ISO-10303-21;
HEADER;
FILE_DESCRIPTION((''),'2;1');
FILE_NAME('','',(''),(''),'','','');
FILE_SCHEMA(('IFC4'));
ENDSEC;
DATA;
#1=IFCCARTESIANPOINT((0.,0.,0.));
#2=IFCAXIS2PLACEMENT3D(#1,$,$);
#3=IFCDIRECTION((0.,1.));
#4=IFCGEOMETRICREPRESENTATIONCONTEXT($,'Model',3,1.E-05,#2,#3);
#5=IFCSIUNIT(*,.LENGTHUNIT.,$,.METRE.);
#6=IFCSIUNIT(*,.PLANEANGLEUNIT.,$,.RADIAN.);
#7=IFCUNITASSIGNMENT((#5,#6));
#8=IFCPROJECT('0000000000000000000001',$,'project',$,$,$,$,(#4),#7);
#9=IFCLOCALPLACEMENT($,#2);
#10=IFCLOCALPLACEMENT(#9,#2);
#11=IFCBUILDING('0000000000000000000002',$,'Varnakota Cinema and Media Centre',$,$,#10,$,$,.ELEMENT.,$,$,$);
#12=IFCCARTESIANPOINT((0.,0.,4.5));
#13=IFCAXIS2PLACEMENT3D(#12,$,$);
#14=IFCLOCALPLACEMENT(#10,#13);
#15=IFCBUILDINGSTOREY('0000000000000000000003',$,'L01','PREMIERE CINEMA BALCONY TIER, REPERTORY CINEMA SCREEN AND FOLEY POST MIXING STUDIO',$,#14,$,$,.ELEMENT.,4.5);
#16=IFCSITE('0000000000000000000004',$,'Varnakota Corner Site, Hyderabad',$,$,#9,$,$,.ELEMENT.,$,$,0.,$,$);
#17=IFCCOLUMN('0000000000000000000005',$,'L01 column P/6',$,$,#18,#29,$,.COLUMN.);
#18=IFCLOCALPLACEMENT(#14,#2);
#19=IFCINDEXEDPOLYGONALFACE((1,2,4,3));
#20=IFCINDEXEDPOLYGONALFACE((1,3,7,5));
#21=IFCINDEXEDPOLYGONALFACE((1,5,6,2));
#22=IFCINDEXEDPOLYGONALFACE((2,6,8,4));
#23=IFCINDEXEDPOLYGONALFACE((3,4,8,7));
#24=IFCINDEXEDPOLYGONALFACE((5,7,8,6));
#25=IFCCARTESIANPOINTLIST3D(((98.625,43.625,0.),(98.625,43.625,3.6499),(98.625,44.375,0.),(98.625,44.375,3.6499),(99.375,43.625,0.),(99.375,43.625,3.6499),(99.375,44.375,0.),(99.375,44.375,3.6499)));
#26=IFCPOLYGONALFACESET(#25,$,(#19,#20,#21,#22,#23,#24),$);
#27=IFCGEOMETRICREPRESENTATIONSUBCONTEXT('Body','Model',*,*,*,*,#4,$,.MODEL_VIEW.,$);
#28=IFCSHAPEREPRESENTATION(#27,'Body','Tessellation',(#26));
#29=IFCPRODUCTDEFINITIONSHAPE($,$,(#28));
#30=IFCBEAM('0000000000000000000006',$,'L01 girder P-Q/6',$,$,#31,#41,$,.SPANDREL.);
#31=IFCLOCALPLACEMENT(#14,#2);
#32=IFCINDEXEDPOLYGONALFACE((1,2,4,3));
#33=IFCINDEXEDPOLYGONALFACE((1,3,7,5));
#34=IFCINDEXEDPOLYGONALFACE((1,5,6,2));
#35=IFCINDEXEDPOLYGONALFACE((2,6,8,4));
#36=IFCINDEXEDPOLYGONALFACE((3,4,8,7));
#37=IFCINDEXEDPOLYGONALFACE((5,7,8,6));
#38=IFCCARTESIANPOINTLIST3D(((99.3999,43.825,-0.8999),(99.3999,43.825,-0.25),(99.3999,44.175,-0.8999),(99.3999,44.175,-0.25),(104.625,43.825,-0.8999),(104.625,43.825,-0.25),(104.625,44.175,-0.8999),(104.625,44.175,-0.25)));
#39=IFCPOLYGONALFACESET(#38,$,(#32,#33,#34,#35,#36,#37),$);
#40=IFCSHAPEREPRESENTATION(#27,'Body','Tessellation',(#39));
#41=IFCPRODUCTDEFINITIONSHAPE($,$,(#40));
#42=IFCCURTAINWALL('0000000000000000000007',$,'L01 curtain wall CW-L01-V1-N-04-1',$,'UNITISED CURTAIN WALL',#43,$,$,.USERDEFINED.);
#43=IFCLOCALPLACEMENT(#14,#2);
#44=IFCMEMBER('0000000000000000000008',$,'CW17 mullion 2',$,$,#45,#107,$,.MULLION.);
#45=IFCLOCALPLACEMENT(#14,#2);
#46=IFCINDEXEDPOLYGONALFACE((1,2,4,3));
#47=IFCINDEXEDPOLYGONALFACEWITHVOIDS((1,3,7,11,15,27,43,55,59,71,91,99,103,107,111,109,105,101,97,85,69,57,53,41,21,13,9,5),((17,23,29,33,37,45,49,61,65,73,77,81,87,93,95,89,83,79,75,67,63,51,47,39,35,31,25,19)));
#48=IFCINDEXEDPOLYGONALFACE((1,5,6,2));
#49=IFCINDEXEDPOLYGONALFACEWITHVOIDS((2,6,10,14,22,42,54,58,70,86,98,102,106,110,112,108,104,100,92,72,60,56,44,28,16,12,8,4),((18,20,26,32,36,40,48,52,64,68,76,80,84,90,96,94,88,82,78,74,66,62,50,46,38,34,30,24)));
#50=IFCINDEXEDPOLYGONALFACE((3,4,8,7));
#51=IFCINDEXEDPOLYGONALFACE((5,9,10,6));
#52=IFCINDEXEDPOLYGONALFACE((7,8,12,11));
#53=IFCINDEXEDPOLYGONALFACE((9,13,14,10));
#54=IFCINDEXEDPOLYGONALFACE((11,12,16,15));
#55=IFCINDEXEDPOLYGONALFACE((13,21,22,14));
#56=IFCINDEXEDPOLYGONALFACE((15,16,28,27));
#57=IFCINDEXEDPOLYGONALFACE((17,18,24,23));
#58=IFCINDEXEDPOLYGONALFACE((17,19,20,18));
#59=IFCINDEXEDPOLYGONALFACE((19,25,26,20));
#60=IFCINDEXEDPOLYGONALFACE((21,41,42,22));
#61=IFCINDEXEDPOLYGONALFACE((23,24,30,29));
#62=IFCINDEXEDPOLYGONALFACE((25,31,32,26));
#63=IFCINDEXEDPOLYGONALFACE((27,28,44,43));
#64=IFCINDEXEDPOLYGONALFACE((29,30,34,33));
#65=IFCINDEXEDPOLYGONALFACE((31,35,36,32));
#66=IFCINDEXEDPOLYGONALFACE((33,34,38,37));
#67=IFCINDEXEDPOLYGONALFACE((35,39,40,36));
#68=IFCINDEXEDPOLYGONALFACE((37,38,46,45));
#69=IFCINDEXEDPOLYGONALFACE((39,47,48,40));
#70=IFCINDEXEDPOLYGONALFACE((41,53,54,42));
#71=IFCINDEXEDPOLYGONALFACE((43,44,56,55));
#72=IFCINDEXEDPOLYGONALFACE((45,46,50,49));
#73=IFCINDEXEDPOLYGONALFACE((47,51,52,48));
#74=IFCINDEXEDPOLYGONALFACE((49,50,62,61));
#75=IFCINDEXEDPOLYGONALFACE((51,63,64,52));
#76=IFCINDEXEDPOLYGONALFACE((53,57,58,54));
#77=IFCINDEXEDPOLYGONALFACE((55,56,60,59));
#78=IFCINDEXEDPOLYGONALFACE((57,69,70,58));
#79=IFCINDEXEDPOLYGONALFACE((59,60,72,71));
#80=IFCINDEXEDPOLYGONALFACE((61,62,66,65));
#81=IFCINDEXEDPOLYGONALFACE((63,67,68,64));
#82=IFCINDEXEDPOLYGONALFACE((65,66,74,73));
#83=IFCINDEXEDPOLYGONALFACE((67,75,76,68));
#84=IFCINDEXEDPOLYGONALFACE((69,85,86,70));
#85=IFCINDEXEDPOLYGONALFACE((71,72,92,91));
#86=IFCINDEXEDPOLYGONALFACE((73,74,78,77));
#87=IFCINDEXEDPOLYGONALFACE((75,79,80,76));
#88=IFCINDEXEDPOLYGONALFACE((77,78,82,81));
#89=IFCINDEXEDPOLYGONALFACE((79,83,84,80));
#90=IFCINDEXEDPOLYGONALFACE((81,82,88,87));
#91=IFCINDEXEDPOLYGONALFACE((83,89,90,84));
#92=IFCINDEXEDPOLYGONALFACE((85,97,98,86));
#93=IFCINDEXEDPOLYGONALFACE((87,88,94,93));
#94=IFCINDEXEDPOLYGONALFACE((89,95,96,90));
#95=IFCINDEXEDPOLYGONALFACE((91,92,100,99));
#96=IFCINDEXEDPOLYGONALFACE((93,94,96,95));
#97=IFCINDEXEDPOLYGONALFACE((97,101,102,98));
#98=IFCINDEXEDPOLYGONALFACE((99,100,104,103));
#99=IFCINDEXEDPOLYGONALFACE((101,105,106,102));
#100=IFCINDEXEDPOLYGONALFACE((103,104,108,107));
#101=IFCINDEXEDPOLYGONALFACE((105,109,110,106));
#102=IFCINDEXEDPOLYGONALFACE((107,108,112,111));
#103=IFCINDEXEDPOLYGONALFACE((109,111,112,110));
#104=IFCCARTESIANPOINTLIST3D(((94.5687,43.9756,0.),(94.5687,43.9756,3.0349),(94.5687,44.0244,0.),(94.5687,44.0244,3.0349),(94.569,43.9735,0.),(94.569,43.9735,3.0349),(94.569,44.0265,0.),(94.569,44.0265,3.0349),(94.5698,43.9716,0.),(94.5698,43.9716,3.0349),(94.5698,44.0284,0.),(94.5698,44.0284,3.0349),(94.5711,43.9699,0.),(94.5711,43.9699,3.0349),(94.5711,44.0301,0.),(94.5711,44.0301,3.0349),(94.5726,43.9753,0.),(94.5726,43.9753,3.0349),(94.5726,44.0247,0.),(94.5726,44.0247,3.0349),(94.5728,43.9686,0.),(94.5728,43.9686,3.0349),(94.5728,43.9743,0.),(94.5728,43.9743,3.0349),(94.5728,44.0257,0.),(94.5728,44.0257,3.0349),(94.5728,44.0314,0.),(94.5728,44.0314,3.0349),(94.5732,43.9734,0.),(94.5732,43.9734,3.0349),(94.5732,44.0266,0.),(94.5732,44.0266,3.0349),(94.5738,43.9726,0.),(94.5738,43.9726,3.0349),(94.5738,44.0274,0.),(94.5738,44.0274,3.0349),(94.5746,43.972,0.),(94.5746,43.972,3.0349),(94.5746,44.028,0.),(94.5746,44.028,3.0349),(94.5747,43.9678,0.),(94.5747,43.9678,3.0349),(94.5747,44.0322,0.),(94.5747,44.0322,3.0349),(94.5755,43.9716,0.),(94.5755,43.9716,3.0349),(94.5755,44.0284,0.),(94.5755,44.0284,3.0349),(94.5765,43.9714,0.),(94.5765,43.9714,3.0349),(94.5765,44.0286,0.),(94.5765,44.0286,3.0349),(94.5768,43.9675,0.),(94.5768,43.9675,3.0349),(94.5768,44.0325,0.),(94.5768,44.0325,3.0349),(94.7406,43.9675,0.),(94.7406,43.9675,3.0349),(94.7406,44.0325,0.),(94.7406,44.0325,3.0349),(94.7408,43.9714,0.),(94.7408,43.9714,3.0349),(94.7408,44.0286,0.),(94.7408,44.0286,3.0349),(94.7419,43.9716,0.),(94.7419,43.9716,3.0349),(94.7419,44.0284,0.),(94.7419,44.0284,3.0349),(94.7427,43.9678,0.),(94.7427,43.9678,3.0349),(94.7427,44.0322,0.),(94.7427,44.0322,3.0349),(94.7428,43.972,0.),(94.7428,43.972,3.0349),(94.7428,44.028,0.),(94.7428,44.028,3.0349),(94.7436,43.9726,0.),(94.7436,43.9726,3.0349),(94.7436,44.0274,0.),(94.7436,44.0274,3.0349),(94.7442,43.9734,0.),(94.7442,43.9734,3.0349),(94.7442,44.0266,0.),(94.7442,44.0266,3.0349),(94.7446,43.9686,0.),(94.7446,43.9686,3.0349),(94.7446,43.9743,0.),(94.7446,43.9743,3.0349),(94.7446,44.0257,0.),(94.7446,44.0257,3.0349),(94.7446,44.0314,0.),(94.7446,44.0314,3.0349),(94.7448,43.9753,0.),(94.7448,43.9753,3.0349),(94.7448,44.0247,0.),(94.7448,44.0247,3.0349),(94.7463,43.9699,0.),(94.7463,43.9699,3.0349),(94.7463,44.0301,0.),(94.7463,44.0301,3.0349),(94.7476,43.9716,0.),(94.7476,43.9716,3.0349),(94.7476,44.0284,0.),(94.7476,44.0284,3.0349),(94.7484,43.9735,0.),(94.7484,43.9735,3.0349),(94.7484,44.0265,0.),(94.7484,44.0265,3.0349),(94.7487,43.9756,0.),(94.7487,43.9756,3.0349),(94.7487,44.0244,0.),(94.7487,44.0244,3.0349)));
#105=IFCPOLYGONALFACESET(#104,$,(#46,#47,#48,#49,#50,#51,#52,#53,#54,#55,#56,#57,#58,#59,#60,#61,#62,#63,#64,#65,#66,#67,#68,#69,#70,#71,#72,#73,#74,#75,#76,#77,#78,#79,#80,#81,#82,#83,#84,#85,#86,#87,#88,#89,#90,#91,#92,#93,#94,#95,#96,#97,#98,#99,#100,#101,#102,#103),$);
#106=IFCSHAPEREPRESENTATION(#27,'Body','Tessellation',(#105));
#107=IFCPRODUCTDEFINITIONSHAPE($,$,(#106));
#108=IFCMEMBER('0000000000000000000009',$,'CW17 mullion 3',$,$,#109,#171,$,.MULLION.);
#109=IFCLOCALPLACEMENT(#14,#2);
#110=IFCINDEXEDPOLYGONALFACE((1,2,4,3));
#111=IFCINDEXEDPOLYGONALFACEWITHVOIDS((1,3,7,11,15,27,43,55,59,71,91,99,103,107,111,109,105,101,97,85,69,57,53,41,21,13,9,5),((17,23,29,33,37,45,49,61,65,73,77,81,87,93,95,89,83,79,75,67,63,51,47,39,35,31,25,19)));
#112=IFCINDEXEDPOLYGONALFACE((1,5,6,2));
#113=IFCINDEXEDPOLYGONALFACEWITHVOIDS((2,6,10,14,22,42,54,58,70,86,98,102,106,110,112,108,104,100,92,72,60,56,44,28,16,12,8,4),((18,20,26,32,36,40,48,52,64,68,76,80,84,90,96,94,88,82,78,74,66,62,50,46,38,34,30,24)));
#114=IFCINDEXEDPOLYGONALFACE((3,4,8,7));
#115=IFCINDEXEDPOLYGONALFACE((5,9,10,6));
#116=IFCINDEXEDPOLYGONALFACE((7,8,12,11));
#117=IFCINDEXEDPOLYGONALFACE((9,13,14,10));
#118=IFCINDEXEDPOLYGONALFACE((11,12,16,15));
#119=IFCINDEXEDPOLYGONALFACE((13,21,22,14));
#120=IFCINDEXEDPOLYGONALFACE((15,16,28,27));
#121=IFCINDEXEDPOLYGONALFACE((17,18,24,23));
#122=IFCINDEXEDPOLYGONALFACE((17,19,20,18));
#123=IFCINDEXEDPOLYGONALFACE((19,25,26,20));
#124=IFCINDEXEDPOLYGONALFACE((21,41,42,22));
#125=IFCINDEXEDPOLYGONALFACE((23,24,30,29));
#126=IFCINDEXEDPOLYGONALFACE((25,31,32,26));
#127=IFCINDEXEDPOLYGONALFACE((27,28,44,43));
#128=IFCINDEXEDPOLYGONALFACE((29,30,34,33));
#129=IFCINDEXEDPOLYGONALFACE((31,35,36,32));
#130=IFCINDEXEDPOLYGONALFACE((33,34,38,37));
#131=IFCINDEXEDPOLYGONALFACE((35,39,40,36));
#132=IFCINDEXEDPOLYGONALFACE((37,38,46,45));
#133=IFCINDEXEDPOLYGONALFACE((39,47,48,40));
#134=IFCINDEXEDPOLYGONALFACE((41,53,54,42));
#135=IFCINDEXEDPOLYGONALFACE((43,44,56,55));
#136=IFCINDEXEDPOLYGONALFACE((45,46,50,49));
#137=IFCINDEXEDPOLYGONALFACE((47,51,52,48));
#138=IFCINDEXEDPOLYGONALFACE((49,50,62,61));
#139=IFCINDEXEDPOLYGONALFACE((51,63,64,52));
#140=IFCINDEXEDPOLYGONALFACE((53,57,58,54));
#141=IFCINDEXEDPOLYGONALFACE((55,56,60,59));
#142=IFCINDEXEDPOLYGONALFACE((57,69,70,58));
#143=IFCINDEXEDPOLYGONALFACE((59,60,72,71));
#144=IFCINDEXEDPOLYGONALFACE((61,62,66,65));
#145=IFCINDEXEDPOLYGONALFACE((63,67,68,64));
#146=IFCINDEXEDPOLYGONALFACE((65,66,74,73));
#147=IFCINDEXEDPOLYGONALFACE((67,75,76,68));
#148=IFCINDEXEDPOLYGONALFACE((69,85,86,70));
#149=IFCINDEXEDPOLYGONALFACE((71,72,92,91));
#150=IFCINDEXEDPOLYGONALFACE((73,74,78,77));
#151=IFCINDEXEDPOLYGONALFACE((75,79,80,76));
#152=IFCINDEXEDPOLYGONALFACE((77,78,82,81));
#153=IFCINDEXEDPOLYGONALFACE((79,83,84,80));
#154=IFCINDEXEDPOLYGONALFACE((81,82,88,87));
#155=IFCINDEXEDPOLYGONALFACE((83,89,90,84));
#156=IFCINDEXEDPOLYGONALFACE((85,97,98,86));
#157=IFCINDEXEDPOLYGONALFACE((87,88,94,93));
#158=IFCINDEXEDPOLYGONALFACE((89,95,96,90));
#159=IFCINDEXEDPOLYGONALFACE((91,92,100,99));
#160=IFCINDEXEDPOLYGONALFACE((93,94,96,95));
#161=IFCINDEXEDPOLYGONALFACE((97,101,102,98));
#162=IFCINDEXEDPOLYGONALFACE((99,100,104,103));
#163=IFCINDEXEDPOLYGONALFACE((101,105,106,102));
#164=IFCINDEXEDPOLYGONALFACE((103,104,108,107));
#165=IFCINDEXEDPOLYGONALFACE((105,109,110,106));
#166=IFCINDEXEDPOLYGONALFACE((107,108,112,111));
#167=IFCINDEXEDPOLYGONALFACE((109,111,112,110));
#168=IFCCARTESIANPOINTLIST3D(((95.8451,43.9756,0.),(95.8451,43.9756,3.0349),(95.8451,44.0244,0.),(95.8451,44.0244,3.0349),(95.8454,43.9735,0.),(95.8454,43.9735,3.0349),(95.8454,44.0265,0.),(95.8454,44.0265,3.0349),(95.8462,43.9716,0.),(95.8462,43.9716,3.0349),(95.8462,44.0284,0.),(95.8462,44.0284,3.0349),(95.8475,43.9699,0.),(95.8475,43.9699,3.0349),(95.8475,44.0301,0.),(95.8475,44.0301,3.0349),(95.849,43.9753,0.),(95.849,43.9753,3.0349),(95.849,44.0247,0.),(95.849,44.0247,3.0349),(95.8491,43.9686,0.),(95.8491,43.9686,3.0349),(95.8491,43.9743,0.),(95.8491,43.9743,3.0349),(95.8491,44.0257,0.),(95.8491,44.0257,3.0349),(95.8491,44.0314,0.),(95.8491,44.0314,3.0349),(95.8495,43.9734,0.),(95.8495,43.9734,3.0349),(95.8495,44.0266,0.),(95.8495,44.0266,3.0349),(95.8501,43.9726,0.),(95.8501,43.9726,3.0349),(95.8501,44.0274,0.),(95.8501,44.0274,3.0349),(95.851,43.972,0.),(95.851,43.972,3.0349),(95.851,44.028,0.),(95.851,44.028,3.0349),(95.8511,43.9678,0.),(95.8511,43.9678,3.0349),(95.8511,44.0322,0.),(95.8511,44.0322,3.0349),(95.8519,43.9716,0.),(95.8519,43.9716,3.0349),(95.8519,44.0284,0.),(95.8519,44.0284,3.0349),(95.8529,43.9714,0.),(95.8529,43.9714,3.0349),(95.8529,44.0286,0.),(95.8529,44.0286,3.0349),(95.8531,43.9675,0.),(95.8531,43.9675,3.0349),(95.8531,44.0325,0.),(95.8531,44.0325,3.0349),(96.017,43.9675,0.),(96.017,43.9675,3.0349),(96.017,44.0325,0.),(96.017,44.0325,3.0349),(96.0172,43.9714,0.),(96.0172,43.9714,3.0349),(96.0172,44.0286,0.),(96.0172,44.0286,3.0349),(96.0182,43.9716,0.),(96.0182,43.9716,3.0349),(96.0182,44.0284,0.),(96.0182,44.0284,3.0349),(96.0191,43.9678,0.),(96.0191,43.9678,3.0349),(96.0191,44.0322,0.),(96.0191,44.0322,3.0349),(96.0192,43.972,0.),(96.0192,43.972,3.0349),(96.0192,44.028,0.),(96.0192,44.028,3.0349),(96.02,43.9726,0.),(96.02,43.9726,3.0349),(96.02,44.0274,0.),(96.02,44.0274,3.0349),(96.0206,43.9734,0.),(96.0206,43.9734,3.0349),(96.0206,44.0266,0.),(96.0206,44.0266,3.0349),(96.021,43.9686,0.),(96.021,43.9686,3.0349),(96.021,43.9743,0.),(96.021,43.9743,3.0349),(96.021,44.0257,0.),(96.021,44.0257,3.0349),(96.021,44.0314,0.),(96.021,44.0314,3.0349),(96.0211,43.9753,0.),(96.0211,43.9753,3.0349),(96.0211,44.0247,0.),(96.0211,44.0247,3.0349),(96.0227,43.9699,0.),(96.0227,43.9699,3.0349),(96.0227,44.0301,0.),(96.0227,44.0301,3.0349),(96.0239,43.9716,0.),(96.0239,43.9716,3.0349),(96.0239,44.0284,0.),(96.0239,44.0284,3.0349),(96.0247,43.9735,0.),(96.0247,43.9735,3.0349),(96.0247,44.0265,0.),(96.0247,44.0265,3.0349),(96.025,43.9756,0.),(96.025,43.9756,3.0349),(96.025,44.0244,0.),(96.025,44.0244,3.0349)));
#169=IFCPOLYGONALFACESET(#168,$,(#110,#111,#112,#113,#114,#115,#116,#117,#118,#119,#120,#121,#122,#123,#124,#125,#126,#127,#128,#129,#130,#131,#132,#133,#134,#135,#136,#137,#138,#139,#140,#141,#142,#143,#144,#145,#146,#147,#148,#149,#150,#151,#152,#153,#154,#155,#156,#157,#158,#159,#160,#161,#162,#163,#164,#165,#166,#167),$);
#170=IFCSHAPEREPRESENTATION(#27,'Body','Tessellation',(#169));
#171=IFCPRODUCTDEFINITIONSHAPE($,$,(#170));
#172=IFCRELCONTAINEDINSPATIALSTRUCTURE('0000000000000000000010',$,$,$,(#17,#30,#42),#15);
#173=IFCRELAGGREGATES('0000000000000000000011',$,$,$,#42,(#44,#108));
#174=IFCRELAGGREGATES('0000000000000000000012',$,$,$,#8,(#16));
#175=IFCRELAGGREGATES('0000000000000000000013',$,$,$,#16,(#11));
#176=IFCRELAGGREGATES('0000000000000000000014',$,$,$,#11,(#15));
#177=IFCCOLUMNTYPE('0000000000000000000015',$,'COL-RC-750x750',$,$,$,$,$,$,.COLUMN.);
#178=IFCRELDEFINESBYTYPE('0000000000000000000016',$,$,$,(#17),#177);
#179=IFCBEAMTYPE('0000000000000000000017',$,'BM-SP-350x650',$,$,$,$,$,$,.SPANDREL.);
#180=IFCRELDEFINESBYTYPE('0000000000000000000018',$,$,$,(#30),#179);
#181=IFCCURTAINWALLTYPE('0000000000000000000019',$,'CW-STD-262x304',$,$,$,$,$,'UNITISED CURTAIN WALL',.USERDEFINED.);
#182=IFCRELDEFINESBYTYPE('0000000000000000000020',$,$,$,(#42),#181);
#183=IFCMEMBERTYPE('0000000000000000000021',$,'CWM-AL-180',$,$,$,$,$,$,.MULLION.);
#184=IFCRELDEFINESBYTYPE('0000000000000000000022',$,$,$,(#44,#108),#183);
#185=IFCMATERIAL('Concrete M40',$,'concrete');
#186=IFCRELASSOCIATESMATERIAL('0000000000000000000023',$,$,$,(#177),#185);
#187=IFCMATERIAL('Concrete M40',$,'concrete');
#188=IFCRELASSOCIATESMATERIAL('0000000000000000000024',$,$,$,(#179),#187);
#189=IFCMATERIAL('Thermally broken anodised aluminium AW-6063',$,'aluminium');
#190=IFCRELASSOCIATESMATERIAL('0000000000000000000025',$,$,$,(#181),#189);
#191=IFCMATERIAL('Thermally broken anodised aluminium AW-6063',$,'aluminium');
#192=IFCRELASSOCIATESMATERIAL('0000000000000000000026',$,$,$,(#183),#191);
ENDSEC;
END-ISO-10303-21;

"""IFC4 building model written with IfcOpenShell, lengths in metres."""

from ifc_helpers import new_model, si_unit, direction, frame, origin, origin_2d, place, context, subcontext, project, spatial, rectangle, hollow_rectangle, extrude, material, material_profile, profile_set, type_object, element, aggregate, save


model = new_model("IFC4")

# Units and contexts
model_context = context("Model", 3, precision=1e-05, world=origin(), true_north=direction((0.0, 1.0)))
body_context = subcontext(model_context, "Body", "Model", "MODEL_VIEW")
ifc_project = project(units=[si_unit("LENGTHUNIT", "METRE"), si_unit("PLANEANGLEUNIT", "RADIAN")], contexts=[model_context])

# Site, building, storey
site_placement = place(None, origin())
site = spatial("IfcSite", under=ifc_project, at=site_placement, Name="Varnakota Corner Site, Hyderabad", CompositionType="ELEMENT", RefElevation=0.0)
building_placement = place(site_placement, origin())
building = spatial("IfcBuilding", under=site, at=building_placement, Name="Varnakota Cinema and Media Centre", CompositionType="ELEMENT")
storey_placement = place(building_placement, frame((0.0, 0.0, 4.5)))
storey = spatial("IfcBuildingStorey", under=building, at=storey_placement, Name="L01", Description="PREMIERE CINEMA BALCONY TIER, REPERTORY CINEMA SCREEN AND FOLEY POST MIXING STUDIO", CompositionType="ELEMENT", Elevation=4.5)

# Column
ifc_material_1 = material(Name="Concrete M40", Category="concrete")
ifc_material_profile_1 = material_profile(ifc_material_1, rectangle(XDim=0.75, YDim=0.75, at=origin_2d()), Name="RC 750x750")
ifc_profile_set_1 = profile_set([ifc_material_profile_1], Name="Concrete M40")
column_type = type_object("IfcColumnType", Name="COL-RC-750x750", PredefinedType="COLUMN", material=ifc_profile_set_1)
column_placement = place(storey_placement, frame((99.0, 44.0, 0.0), z_axis=(0.0, 0.0, 1.0), x_axis=(1.0, 0.0, 0.0)))
element("IfcColumn", 1, at=column_placement, inside=storey, type_object=column_type, Name="L01 column P/6", PredefinedType="COLUMN", context=body_context, shape_type="SweptSolid", body=[
    extrude(rectangle(XDim=0.75, YDim=0.75, at=origin_2d()), origin(), (0.0, 0.0, 1.0), 3.6499),
])

# Beam
ifc_material_2 = material(Name="Concrete M40", Category="concrete")
ifc_material_profile_2 = material_profile(ifc_material_2, rectangle(XDim=0.3501, YDim=0.6499, at=origin_2d()), Name="RCB 350x650")
ifc_profile_set_2 = profile_set([ifc_material_profile_2], Name="Concrete M40")
beam_type = type_object("IfcBeamType", Name="BM-SP-350x650", PredefinedType="SPANDREL", material=ifc_profile_set_2)
beam_placement = place(storey_placement, frame((99.3999, 44.0, -0.575), z_axis=(1.0, 0.0, 0.0), x_axis=(0.0, 1.0, 0.0)))
element("IfcBeam", 2, at=beam_placement, inside=storey, type_object=beam_type, Name="L01 girder P-Q/6", PredefinedType="SPANDREL", context=body_context, shape_type="SweptSolid", body=[
    extrude(rectangle(XDim=0.3501, YDim=0.6499, at=origin_2d()), origin(), (0.0, 0.0, 1.0), 5.2251),
])

# Curtain wall, members
ifc_material_3 = material(Name="Thermally broken anodised aluminium AW-6063", Category="aluminium")
curtain_wall_type = type_object("IfcCurtainWallType", Name="CW-STD-262x304", ElementType="UNITISED CURTAIN WALL", PredefinedType="USERDEFINED", material=ifc_material_3)
curtain_wall_1_placement = place(storey_placement, origin())
curtain_wall_1 = element("IfcCurtainWall", 3, at=curtain_wall_1_placement, inside=storey, type_object=curtain_wall_type, Name="L01 curtain wall CW-L01-V1-N-04-1", ObjectType="UNITISED CURTAIN WALL", PredefinedType="USERDEFINED")
ifc_material_4 = material(Name="Thermally broken anodised aluminium AW-6063", Category="aluminium")
ifc_material_profile_3 = material_profile(ifc_material_4, hollow_rectangle(XDim=0.0649, YDim=0.1799, WallThickness=0.0039, InnerFilletRadius=0.0039, OuterFilletRadius=0.0081, at=origin_2d()), Name="AL-MULLION 180x65x4")
ifc_profile_set_3 = profile_set([ifc_material_profile_3], Name="Thermally broken anodised aluminium AW-6063")
member_type_1 = type_object("IfcMemberType", Name="CWM-AL-180", PredefinedType="MULLION", material=ifc_profile_set_3)
member_1_placement = place(storey_placement, frame((94.6587, 44.0, 0.0), z_axis=(0.0, 0.0, 1.0), x_axis=(0.0, 1.0, 0.0)))
member_1 = element("IfcMember", 4, at=member_1_placement, type_object=member_type_1, Name="CW17 mullion 2", PredefinedType="MULLION", context=body_context, shape_type="SweptSolid", body=[
    extrude(hollow_rectangle(XDim=0.0649, YDim=0.1799, WallThickness=0.0039, InnerFilletRadius=0.0039, OuterFilletRadius=0.0081, at=origin_2d()), origin(), (0.0, 0.0, 1.0), 3.0349),
])
member_2_placement = place(storey_placement, frame((95.9351, 44.0, 0.0), z_axis=(0.0, 0.0, 1.0), x_axis=(0.0, 1.0, 0.0)))
member_2 = element("IfcMember", 5, at=member_2_placement, type_object=member_type_1, Name="CW17 mullion 3", PredefinedType="MULLION", context=body_context, shape_type="SweptSolid", body=[
    extrude(hollow_rectangle(XDim=0.0649, YDim=0.1799, WallThickness=0.0039, InnerFilletRadius=0.0039, OuterFilletRadius=0.0081, at=origin_2d()), origin(), (0.0, 0.0, 1.0), 3.0349),
])

aggregate(curtain_wall_1, [member_1, member_2])

save(model, "model.ifc")
